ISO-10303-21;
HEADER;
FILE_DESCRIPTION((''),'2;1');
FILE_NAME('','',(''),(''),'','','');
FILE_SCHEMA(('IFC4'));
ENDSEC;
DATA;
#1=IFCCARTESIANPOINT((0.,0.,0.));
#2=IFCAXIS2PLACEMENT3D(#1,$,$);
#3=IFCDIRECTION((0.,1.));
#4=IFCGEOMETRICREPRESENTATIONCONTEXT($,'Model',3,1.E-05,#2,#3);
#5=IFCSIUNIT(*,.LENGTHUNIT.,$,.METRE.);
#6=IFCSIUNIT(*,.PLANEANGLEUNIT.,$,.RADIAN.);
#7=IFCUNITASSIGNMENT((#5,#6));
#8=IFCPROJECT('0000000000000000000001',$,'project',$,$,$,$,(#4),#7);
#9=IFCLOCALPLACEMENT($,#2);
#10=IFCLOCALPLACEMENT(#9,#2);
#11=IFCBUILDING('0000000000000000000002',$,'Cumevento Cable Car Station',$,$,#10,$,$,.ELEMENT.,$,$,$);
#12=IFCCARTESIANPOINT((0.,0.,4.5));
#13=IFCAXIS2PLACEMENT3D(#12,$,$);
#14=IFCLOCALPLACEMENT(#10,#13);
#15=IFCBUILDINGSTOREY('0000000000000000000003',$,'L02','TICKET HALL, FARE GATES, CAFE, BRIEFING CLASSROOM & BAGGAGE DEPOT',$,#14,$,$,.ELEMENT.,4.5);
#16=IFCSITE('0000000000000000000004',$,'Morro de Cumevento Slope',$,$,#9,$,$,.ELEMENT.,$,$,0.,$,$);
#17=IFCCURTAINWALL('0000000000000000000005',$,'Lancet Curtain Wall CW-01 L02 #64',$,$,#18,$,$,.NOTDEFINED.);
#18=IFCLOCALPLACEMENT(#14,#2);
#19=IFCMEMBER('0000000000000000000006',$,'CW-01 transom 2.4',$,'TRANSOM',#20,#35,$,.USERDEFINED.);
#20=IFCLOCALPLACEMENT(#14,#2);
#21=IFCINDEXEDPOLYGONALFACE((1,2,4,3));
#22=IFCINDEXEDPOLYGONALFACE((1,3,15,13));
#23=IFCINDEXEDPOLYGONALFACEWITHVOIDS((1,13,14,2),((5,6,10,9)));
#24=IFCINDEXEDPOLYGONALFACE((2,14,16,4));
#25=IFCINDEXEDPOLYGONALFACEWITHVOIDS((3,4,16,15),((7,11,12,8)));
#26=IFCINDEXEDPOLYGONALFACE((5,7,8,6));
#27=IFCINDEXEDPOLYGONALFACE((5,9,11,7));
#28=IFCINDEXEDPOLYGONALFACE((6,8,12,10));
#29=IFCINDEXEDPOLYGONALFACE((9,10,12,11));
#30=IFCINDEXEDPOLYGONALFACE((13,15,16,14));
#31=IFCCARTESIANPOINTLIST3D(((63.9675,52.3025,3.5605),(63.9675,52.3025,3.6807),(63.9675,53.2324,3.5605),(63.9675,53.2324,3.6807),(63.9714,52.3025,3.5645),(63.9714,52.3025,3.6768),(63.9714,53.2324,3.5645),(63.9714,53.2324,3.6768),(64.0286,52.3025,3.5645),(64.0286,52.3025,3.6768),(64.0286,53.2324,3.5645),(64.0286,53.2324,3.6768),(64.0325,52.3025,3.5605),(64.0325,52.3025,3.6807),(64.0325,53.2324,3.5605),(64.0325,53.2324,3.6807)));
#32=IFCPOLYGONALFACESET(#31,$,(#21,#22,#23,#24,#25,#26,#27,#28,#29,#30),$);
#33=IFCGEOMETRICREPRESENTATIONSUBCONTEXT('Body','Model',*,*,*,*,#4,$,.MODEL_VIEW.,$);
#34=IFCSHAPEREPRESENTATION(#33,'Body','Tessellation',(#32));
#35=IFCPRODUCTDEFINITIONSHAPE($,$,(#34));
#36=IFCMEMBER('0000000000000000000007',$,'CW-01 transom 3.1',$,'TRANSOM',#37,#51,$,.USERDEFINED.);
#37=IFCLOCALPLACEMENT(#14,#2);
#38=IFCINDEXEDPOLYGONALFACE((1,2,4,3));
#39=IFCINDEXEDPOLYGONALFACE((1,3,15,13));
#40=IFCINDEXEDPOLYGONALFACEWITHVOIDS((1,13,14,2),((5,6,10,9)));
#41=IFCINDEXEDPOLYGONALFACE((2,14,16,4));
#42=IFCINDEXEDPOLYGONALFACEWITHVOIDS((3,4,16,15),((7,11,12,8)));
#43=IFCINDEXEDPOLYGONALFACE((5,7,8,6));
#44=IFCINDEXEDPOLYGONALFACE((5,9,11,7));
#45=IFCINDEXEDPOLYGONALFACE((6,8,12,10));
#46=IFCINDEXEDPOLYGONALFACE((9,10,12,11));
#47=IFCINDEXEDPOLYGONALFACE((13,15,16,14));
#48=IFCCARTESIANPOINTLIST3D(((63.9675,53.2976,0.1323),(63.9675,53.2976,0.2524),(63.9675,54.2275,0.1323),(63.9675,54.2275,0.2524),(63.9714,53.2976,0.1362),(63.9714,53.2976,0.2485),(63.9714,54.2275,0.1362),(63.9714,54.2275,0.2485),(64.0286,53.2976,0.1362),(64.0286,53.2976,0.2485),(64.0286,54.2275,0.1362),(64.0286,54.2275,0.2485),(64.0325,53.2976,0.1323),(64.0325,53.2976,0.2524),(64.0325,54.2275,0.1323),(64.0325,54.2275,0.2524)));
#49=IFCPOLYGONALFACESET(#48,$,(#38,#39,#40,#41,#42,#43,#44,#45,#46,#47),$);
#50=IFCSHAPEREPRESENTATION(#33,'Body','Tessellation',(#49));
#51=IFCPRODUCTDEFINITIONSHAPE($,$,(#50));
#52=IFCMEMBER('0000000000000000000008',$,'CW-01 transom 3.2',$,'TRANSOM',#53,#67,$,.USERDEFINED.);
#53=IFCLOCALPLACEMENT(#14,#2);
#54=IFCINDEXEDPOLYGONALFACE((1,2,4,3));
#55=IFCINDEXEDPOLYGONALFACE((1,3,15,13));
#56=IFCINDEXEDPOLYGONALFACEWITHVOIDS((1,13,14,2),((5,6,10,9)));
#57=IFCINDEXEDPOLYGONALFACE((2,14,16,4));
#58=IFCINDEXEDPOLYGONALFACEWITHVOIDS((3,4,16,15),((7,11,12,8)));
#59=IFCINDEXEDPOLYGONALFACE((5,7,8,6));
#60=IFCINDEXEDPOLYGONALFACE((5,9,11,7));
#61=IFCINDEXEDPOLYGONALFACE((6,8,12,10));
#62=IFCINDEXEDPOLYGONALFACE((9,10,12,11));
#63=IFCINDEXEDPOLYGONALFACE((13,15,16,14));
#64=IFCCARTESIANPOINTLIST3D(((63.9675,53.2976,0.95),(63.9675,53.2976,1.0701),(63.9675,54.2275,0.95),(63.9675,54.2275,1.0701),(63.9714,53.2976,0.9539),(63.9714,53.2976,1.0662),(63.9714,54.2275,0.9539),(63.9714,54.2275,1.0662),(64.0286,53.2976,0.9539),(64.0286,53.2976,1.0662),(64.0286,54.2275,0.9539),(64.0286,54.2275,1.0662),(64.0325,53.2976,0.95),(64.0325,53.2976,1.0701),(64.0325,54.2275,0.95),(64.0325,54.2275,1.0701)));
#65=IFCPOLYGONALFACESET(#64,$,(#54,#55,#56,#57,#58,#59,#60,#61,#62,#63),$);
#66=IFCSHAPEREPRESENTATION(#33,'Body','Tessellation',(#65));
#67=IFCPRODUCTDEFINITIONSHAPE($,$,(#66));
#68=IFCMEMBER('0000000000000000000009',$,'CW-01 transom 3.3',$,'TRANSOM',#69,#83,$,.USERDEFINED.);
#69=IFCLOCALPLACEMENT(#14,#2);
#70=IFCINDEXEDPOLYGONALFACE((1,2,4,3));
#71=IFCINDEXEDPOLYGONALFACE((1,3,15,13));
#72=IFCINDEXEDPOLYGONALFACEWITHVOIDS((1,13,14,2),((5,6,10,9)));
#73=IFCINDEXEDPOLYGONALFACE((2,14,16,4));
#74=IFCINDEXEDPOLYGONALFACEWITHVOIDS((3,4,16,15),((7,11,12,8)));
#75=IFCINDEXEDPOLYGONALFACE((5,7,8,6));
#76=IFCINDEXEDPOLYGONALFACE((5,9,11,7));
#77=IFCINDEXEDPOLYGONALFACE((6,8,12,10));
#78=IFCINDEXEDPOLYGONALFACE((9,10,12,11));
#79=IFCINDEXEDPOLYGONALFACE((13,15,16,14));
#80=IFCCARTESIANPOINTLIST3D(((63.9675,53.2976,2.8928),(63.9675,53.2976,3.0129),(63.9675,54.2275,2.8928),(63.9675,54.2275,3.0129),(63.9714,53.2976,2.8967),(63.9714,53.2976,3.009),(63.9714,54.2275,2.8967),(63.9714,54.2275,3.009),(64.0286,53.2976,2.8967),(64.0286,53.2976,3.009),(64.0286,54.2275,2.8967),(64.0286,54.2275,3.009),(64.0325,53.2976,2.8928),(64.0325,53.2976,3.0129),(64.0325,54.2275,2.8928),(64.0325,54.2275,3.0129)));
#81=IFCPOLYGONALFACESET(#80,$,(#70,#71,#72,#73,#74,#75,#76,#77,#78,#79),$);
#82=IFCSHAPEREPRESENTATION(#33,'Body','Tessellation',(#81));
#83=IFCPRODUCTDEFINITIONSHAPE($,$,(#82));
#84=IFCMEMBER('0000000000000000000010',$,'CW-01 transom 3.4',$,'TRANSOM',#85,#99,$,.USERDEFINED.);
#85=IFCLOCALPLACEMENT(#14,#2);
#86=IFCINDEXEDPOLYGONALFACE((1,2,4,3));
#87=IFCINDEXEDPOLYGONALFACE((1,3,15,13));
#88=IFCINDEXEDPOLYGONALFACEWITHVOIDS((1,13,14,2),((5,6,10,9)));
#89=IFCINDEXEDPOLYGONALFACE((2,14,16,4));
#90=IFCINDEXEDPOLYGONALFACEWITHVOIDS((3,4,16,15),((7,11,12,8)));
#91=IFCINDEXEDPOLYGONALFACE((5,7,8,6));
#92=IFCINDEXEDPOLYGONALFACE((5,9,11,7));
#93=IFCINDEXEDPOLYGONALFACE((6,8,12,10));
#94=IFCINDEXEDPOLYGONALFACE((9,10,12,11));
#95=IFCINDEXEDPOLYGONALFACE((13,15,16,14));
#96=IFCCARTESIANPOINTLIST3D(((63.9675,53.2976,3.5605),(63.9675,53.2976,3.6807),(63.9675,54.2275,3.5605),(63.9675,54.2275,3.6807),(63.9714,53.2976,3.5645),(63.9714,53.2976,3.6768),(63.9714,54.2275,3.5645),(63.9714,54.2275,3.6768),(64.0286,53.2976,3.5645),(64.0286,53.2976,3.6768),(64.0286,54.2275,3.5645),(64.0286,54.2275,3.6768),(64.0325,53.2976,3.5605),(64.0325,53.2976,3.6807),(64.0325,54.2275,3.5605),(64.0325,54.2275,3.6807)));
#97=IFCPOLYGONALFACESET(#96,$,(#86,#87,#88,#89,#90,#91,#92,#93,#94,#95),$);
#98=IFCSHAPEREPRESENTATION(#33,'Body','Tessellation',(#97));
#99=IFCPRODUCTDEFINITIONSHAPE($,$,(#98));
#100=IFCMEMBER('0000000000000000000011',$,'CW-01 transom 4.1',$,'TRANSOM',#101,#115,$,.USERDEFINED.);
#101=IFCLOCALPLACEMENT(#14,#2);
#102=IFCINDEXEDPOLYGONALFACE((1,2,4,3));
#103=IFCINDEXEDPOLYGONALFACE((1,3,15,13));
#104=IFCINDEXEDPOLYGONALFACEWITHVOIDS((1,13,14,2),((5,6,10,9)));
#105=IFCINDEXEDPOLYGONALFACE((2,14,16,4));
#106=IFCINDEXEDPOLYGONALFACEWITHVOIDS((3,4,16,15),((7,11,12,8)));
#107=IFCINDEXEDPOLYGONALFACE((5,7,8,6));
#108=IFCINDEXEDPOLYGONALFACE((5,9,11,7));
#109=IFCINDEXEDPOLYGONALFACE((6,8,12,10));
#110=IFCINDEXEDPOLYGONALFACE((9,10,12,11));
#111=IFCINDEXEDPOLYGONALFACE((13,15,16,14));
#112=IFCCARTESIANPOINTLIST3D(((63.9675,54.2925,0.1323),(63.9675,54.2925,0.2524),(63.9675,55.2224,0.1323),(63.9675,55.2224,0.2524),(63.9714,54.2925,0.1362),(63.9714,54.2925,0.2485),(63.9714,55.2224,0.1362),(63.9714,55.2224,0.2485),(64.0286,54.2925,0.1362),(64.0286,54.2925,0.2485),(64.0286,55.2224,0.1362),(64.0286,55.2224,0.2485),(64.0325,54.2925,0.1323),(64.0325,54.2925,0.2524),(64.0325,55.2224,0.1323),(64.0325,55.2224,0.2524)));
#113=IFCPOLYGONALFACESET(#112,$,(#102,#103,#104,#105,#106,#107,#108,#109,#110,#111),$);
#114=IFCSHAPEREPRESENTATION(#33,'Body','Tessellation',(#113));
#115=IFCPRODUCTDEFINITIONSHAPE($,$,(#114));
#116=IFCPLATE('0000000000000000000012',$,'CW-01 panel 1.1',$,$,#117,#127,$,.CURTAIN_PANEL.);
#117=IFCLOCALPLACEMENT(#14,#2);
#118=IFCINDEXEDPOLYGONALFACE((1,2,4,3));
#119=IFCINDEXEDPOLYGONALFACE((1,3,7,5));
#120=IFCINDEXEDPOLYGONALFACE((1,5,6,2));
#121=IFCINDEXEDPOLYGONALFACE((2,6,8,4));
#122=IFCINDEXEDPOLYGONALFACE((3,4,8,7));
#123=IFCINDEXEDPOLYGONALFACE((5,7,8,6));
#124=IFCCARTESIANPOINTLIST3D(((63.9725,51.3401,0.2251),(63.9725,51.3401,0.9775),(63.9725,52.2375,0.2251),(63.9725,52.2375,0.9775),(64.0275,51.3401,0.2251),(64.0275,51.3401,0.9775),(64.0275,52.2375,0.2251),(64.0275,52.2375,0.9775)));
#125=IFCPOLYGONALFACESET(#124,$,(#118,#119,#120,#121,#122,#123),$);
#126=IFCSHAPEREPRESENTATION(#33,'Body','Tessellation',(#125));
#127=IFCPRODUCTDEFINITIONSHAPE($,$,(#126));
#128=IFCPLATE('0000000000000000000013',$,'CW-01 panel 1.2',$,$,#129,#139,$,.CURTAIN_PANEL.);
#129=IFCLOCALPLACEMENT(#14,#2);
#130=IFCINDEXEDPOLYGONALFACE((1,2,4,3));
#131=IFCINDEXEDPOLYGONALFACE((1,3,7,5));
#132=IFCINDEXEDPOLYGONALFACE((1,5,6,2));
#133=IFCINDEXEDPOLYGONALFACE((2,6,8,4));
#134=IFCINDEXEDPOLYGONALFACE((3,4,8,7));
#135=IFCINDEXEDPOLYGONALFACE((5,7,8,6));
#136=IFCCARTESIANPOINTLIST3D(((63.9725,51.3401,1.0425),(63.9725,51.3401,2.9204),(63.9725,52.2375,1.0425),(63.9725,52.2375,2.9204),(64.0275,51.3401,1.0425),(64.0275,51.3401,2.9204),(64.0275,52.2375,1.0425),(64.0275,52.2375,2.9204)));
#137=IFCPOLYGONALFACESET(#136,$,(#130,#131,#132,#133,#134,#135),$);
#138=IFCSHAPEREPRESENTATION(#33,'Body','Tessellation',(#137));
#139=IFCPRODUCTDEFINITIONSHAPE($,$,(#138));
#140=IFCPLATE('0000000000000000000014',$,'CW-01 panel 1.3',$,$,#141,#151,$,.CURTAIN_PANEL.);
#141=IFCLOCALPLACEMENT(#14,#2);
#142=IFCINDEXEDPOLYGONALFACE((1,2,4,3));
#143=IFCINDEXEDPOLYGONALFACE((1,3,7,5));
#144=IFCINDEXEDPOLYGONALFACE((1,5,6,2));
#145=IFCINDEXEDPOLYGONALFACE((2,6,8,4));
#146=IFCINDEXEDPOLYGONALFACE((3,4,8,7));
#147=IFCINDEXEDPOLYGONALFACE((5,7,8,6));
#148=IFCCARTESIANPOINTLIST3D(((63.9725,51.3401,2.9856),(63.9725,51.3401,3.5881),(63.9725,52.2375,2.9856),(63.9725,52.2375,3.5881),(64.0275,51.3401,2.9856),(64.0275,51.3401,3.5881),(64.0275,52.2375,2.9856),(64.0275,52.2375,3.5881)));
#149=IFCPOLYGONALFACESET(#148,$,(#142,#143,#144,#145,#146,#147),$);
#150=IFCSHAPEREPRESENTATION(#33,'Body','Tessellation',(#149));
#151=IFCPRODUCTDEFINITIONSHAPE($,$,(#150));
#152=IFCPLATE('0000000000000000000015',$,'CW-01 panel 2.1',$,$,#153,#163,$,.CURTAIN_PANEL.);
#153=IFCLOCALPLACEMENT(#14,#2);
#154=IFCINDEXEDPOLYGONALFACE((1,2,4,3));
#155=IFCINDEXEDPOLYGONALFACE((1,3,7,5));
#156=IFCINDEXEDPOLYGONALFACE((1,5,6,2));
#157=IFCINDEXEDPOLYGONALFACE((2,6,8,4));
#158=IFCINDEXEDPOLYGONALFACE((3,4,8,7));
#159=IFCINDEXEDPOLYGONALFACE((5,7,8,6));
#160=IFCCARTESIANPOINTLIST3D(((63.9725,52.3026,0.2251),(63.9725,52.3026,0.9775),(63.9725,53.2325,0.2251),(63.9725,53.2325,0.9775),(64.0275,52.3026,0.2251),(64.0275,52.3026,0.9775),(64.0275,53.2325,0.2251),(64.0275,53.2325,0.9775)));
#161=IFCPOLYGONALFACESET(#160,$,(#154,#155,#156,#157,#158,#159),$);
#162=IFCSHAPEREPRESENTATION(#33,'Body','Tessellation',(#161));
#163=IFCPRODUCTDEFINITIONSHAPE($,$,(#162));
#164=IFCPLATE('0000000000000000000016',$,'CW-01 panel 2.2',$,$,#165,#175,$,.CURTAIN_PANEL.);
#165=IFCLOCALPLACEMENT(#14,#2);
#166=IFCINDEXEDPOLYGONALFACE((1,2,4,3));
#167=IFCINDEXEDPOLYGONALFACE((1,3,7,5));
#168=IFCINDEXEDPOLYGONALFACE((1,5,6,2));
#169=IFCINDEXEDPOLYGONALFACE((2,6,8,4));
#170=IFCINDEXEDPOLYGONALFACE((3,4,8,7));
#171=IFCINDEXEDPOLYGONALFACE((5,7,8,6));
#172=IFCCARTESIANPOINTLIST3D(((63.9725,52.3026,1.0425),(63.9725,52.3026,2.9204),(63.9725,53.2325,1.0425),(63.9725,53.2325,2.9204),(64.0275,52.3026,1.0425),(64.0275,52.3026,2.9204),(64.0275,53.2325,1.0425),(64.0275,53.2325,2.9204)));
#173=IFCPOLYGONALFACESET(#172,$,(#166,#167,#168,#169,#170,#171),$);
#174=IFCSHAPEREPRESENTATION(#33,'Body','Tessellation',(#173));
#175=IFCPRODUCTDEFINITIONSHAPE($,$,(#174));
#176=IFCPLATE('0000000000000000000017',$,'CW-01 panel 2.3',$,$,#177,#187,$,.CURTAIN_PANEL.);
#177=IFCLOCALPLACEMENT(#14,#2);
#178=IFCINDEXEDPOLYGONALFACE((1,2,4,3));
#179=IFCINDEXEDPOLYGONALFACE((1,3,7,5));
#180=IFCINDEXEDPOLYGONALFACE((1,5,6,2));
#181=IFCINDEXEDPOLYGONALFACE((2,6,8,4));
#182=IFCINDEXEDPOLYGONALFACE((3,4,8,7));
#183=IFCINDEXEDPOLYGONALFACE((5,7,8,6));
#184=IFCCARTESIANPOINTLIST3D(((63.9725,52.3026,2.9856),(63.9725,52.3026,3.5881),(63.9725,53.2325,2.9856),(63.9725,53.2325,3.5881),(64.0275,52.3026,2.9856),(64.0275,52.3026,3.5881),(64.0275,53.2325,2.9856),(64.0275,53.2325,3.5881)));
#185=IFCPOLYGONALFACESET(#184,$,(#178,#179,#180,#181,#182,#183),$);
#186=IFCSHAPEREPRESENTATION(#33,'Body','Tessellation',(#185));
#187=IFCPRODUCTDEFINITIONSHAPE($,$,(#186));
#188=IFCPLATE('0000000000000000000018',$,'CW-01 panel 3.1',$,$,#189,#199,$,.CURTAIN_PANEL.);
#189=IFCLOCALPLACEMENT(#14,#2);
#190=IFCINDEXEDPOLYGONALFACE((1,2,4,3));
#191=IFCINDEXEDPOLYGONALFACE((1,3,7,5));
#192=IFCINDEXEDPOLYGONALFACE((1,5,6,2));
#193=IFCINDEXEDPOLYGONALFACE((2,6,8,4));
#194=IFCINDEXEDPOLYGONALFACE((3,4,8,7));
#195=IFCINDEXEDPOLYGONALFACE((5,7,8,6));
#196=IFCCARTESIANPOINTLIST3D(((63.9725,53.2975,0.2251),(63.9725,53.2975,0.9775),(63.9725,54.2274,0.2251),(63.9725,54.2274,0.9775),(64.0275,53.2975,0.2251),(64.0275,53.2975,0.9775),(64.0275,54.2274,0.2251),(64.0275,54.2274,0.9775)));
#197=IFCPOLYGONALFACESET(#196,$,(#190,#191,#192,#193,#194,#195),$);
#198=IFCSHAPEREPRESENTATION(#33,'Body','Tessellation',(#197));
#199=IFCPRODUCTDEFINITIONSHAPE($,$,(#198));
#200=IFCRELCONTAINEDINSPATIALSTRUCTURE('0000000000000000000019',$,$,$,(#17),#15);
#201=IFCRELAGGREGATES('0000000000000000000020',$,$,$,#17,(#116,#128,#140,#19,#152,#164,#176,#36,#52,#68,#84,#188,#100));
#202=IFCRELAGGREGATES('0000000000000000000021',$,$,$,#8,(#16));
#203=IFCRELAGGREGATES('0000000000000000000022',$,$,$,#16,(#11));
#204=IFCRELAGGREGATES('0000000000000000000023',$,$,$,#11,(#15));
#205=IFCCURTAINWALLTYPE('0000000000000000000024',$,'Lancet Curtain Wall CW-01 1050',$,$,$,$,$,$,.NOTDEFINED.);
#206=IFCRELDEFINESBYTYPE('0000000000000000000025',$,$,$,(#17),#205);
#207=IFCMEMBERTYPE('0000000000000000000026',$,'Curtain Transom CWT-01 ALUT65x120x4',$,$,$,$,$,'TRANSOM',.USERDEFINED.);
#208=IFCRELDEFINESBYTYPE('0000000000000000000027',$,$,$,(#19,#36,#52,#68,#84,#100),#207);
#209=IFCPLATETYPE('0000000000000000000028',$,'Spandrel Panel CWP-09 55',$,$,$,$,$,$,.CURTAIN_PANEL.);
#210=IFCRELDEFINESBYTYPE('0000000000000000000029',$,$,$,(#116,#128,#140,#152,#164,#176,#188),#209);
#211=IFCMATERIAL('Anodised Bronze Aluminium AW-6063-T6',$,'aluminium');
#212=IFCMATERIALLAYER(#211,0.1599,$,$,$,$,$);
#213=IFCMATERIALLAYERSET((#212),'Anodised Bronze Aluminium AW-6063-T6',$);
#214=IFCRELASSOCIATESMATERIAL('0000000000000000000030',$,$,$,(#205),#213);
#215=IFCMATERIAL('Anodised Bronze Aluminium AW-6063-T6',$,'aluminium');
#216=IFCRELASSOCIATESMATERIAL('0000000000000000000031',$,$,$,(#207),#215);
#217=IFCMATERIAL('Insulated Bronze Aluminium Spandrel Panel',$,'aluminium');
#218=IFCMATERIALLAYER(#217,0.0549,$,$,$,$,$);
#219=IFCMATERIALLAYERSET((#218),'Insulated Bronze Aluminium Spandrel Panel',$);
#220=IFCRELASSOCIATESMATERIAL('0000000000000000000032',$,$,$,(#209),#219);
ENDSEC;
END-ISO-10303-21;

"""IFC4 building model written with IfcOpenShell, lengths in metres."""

from ifc_helpers import new_model, si_unit, direction, frame, origin, origin_2d, place, context, subcontext, project, spatial, rectangle, hollow_rectangle, extrude, material, layer, layer_set, material_profile, profile_set, type_object, element, aggregate, save


model = new_model("IFC4")

# Units and contexts
model_context = context("Model", 3, precision=1e-05, world=origin(), true_north=direction((0.0, 1.0)))
body_context = subcontext(model_context, "Body", "Model", "MODEL_VIEW")
ifc_project = project(units=[si_unit("LENGTHUNIT", "METRE"), si_unit("PLANEANGLEUNIT", "RADIAN")], contexts=[model_context])

# Site, building, storey
site_placement = place(None, origin())
site = spatial("IfcSite", under=ifc_project, at=site_placement, Name="Morro de Cumevento Slope", CompositionType="ELEMENT", RefElevation=0.0)
building_placement = place(site_placement, origin())
building = spatial("IfcBuilding", under=site, at=building_placement, Name="Cumevento Cable Car Station", CompositionType="ELEMENT")
storey_placement = place(building_placement, frame((0.0, 0.0, 4.5)))
storey = spatial("IfcBuildingStorey", under=building, at=storey_placement, Name="L02", Description="TICKET HALL, FARE GATES, CAFE, BRIEFING CLASSROOM & BAGGAGE DEPOT", CompositionType="ELEMENT", Elevation=4.5)

# Curtain wall, members, plates
ifc_material_1 = material(Name="Anodised Bronze Aluminium AW-6063-T6", Category="aluminium")
ifc_layer_1 = layer(ifc_material_1, 0.1599)
ifc_layer_set_1 = layer_set([ifc_layer_1], Name="Anodised Bronze Aluminium AW-6063-T6")
curtain_wall_type = type_object("IfcCurtainWallType", Name="Lancet Curtain Wall CW-01 1050", PredefinedType="NOTDEFINED", material=ifc_layer_set_1)
curtain_wall_placement = place(storey_placement, origin())
curtain_wall = element("IfcCurtainWall", 1, at=curtain_wall_placement, inside=storey, type_object=curtain_wall_type, Name="Lancet Curtain Wall CW-01 L02 #64", PredefinedType="NOTDEFINED")
ifc_material_2 = material(Name="Anodised Bronze Aluminium AW-6063-T6", Category="aluminium")
ifc_material_profile_1 = material_profile(ifc_material_2, hollow_rectangle(XDim=0.0649, YDim=0.1201, WallThickness=0.0039, at=origin_2d()), Name="ALUT65x120x4")
ifc_profile_set_1 = profile_set([ifc_material_profile_1], Name="Anodised Bronze Aluminium AW-6063-T6")
member_type_1 = type_object("IfcMemberType", Name="Curtain Transom CWT-01 ALUT65x120x4", ElementType="TRANSOM", PredefinedType="USERDEFINED", material=ifc_profile_set_1)
member_1_placement = place(storey_placement, frame((64.0, 52.3025, 3.6206), z_axis=(0.0, 1.0, 0.0), x_axis=(-1.0, 0.0, 0.0)))
member_1 = element("IfcMember", 2, at=member_1_placement, type_object=member_type_1, Name="CW-01 transom 2.4", ObjectType="TRANSOM", PredefinedType="USERDEFINED", context=body_context, shape_type="SweptSolid", body=[
    extrude(hollow_rectangle(XDim=0.0649, YDim=0.1201, WallThickness=0.0039, at=origin_2d()), origin(), (0.0, 0.0, 1.0), 0.9299),
])
member_2_placement = place(storey_placement, frame((64.0, 53.2976, 0.1924), z_axis=(0.0, 1.0, 0.0), x_axis=(-1.0, 0.0, 0.0)))
member_2 = element("IfcMember", 3, at=member_2_placement, type_object=member_type_1, Name="CW-01 transom 3.1", ObjectType="TRANSOM", PredefinedType="USERDEFINED", context=body_context, shape_type="SweptSolid", body=[
    extrude(hollow_rectangle(XDim=0.0649, YDim=0.1201, WallThickness=0.0039, at=origin_2d()), origin(), (0.0, 0.0, 1.0), 0.9299),
])
member_3_placement = place(storey_placement, frame((64.0, 53.2976, 1.01), z_axis=(0.0, 1.0, 0.0), x_axis=(-1.0, 0.0, 0.0)))
member_3 = element("IfcMember", 4, at=member_3_placement, type_object=member_type_1, Name="CW-01 transom 3.2", ObjectType="TRANSOM", PredefinedType="USERDEFINED", context=body_context, shape_type="SweptSolid", body=[
    extrude(hollow_rectangle(XDim=0.0649, YDim=0.1201, WallThickness=0.0039, at=origin_2d()), origin(), (0.0, 0.0, 1.0), 0.9299),
])
member_4_placement = place(storey_placement, frame((64.0, 53.2976, 2.9529), z_axis=(0.0, 1.0, 0.0), x_axis=(-1.0, 0.0, 0.0)))
member_4 = element("IfcMember", 5, at=member_4_placement, type_object=member_type_1, Name="CW-01 transom 3.3", ObjectType="TRANSOM", PredefinedType="USERDEFINED", context=body_context, shape_type="SweptSolid", body=[
    extrude(hollow_rectangle(XDim=0.0649, YDim=0.1201, WallThickness=0.0039, at=origin_2d()), origin(), (0.0, 0.0, 1.0), 0.9299),
])
member_5_placement = place(storey_placement, frame((64.0, 53.2976, 3.6206), z_axis=(0.0, 1.0, 0.0), x_axis=(-1.0, 0.0, 0.0)))
member_5 = element("IfcMember", 6, at=member_5_placement, type_object=member_type_1, Name="CW-01 transom 3.4", ObjectType="TRANSOM", PredefinedType="USERDEFINED", context=body_context, shape_type="SweptSolid", body=[
    extrude(hollow_rectangle(XDim=0.0649, YDim=0.1201, WallThickness=0.0039, at=origin_2d()), origin(), (0.0, 0.0, 1.0), 0.9299),
])
member_6_placement = place(storey_placement, frame((64.0, 54.2925, 0.1924), z_axis=(0.0, 1.0, 0.0), x_axis=(-1.0, 0.0, 0.0)))
member_6 = element("IfcMember", 7, at=member_6_placement, type_object=member_type_1, Name="CW-01 transom 4.1", ObjectType="TRANSOM", PredefinedType="USERDEFINED", context=body_context, shape_type="SweptSolid", body=[
    extrude(hollow_rectangle(XDim=0.0649, YDim=0.1201, WallThickness=0.0039, at=origin_2d()), origin(), (0.0, 0.0, 1.0), 0.9299),
])
ifc_material_3 = material(Name="Insulated Bronze Aluminium Spandrel Panel", Category="aluminium")
ifc_layer_2 = layer(ifc_material_3, 0.0549)
ifc_layer_set_2 = layer_set([ifc_layer_2], Name="Insulated Bronze Aluminium Spandrel Panel")
plate_type = type_object("IfcPlateType", Name="Spandrel Panel CWP-09 55", PredefinedType="CURTAIN_PANEL", material=ifc_layer_set_2)
plate_1_placement = place(storey_placement, frame((64.0, 51.7888, 0.2251), z_axis=(0.0, 0.0, 1.0), x_axis=(0.0, 1.0, 0.0)))
plate_1 = element("IfcPlate", 8, at=plate_1_placement, type_object=plate_type, Name="CW-01 panel 1.1", PredefinedType="CURTAIN_PANEL", context=body_context, shape_type="SweptSolid", body=[
    extrude(rectangle(XDim=0.8975, YDim=0.0549, at=origin_2d()), origin(), (0.0, 0.0, 1.0), 0.7524),
])
plate_2_placement = place(storey_placement, frame((64.0, 51.7888, 1.0425), z_axis=(0.0, 0.0, 1.0), x_axis=(0.0, 1.0, 0.0)))
plate_2 = element("IfcPlate", 9, at=plate_2_placement, type_object=plate_type, Name="CW-01 panel 1.2", PredefinedType="CURTAIN_PANEL", context=body_context, shape_type="SweptSolid", body=[
    extrude(rectangle(XDim=0.8975, YDim=0.0549, at=origin_2d()), origin(), (0.0, 0.0, 1.0), 1.8779),
])
plate_3_placement = place(storey_placement, frame((64.0, 51.7888, 2.9856), z_axis=(0.0, 0.0, 1.0), x_axis=(0.0, 1.0, 0.0)))
plate_3 = element("IfcPlate", 10, at=plate_3_placement, type_object=plate_type, Name="CW-01 panel 1.3", PredefinedType="CURTAIN_PANEL", context=body_context, shape_type="SweptSolid", body=[
    extrude(rectangle(XDim=0.8975, YDim=0.0549, at=origin_2d()), origin(), (0.0, 0.0, 1.0), 0.6025),
])
plate_4_placement = place(storey_placement, frame((64.0, 52.7676, 0.2251), z_axis=(0.0, 0.0, 1.0), x_axis=(0.0, 1.0, 0.0)))
plate_4 = element("IfcPlate", 11, at=plate_4_placement, type_object=plate_type, Name="CW-01 panel 2.1", PredefinedType="CURTAIN_PANEL", context=body_context, shape_type="SweptSolid", body=[
    extrude(rectangle(XDim=0.9299, YDim=0.0549, at=origin_2d()), origin(), (0.0, 0.0, 1.0), 0.7524),
])
plate_5_placement = place(storey_placement, frame((64.0, 52.7676, 1.0425), z_axis=(0.0, 0.0, 1.0), x_axis=(0.0, 1.0, 0.0)))
plate_5 = element("IfcPlate", 12, at=plate_5_placement, type_object=plate_type, Name="CW-01 panel 2.2", PredefinedType="CURTAIN_PANEL", context=body_context, shape_type="SweptSolid", body=[
    extrude(rectangle(XDim=0.9299, YDim=0.0549, at=origin_2d()), origin(), (0.0, 0.0, 1.0), 1.8779),
])
plate_6_placement = place(storey_placement, frame((64.0, 52.7676, 2.9856), z_axis=(0.0, 0.0, 1.0), x_axis=(0.0, 1.0, 0.0)))
plate_6 = element("IfcPlate", 13, at=plate_6_placement, type_object=plate_type, Name="CW-01 panel 2.3", PredefinedType="CURTAIN_PANEL", context=body_context, shape_type="SweptSolid", body=[
    extrude(rectangle(XDim=0.9299, YDim=0.0549, at=origin_2d()), origin(), (0.0, 0.0, 1.0), 0.6025),
])
plate_7_placement = place(storey_placement, frame((64.0, 53.7625, 0.2251), z_axis=(0.0, 0.0, 1.0), x_axis=(0.0, 1.0, 0.0)))
plate_7 = element("IfcPlate", 14, at=plate_7_placement, type_object=plate_type, Name="CW-01 panel 3.1", PredefinedType="CURTAIN_PANEL", context=body_context, shape_type="SweptSolid", body=[
    extrude(rectangle(XDim=0.9299, YDim=0.0549, at=origin_2d()), origin(), (0.0, 0.0, 1.0), 0.7524),
])
aggregate(curtain_wall, [plate_1, plate_2, plate_3, member_1, plate_4, plate_5, plate_6, member_2, member_3, member_4, member_5, plate_7, member_6])

save(model, "model.ifc")
